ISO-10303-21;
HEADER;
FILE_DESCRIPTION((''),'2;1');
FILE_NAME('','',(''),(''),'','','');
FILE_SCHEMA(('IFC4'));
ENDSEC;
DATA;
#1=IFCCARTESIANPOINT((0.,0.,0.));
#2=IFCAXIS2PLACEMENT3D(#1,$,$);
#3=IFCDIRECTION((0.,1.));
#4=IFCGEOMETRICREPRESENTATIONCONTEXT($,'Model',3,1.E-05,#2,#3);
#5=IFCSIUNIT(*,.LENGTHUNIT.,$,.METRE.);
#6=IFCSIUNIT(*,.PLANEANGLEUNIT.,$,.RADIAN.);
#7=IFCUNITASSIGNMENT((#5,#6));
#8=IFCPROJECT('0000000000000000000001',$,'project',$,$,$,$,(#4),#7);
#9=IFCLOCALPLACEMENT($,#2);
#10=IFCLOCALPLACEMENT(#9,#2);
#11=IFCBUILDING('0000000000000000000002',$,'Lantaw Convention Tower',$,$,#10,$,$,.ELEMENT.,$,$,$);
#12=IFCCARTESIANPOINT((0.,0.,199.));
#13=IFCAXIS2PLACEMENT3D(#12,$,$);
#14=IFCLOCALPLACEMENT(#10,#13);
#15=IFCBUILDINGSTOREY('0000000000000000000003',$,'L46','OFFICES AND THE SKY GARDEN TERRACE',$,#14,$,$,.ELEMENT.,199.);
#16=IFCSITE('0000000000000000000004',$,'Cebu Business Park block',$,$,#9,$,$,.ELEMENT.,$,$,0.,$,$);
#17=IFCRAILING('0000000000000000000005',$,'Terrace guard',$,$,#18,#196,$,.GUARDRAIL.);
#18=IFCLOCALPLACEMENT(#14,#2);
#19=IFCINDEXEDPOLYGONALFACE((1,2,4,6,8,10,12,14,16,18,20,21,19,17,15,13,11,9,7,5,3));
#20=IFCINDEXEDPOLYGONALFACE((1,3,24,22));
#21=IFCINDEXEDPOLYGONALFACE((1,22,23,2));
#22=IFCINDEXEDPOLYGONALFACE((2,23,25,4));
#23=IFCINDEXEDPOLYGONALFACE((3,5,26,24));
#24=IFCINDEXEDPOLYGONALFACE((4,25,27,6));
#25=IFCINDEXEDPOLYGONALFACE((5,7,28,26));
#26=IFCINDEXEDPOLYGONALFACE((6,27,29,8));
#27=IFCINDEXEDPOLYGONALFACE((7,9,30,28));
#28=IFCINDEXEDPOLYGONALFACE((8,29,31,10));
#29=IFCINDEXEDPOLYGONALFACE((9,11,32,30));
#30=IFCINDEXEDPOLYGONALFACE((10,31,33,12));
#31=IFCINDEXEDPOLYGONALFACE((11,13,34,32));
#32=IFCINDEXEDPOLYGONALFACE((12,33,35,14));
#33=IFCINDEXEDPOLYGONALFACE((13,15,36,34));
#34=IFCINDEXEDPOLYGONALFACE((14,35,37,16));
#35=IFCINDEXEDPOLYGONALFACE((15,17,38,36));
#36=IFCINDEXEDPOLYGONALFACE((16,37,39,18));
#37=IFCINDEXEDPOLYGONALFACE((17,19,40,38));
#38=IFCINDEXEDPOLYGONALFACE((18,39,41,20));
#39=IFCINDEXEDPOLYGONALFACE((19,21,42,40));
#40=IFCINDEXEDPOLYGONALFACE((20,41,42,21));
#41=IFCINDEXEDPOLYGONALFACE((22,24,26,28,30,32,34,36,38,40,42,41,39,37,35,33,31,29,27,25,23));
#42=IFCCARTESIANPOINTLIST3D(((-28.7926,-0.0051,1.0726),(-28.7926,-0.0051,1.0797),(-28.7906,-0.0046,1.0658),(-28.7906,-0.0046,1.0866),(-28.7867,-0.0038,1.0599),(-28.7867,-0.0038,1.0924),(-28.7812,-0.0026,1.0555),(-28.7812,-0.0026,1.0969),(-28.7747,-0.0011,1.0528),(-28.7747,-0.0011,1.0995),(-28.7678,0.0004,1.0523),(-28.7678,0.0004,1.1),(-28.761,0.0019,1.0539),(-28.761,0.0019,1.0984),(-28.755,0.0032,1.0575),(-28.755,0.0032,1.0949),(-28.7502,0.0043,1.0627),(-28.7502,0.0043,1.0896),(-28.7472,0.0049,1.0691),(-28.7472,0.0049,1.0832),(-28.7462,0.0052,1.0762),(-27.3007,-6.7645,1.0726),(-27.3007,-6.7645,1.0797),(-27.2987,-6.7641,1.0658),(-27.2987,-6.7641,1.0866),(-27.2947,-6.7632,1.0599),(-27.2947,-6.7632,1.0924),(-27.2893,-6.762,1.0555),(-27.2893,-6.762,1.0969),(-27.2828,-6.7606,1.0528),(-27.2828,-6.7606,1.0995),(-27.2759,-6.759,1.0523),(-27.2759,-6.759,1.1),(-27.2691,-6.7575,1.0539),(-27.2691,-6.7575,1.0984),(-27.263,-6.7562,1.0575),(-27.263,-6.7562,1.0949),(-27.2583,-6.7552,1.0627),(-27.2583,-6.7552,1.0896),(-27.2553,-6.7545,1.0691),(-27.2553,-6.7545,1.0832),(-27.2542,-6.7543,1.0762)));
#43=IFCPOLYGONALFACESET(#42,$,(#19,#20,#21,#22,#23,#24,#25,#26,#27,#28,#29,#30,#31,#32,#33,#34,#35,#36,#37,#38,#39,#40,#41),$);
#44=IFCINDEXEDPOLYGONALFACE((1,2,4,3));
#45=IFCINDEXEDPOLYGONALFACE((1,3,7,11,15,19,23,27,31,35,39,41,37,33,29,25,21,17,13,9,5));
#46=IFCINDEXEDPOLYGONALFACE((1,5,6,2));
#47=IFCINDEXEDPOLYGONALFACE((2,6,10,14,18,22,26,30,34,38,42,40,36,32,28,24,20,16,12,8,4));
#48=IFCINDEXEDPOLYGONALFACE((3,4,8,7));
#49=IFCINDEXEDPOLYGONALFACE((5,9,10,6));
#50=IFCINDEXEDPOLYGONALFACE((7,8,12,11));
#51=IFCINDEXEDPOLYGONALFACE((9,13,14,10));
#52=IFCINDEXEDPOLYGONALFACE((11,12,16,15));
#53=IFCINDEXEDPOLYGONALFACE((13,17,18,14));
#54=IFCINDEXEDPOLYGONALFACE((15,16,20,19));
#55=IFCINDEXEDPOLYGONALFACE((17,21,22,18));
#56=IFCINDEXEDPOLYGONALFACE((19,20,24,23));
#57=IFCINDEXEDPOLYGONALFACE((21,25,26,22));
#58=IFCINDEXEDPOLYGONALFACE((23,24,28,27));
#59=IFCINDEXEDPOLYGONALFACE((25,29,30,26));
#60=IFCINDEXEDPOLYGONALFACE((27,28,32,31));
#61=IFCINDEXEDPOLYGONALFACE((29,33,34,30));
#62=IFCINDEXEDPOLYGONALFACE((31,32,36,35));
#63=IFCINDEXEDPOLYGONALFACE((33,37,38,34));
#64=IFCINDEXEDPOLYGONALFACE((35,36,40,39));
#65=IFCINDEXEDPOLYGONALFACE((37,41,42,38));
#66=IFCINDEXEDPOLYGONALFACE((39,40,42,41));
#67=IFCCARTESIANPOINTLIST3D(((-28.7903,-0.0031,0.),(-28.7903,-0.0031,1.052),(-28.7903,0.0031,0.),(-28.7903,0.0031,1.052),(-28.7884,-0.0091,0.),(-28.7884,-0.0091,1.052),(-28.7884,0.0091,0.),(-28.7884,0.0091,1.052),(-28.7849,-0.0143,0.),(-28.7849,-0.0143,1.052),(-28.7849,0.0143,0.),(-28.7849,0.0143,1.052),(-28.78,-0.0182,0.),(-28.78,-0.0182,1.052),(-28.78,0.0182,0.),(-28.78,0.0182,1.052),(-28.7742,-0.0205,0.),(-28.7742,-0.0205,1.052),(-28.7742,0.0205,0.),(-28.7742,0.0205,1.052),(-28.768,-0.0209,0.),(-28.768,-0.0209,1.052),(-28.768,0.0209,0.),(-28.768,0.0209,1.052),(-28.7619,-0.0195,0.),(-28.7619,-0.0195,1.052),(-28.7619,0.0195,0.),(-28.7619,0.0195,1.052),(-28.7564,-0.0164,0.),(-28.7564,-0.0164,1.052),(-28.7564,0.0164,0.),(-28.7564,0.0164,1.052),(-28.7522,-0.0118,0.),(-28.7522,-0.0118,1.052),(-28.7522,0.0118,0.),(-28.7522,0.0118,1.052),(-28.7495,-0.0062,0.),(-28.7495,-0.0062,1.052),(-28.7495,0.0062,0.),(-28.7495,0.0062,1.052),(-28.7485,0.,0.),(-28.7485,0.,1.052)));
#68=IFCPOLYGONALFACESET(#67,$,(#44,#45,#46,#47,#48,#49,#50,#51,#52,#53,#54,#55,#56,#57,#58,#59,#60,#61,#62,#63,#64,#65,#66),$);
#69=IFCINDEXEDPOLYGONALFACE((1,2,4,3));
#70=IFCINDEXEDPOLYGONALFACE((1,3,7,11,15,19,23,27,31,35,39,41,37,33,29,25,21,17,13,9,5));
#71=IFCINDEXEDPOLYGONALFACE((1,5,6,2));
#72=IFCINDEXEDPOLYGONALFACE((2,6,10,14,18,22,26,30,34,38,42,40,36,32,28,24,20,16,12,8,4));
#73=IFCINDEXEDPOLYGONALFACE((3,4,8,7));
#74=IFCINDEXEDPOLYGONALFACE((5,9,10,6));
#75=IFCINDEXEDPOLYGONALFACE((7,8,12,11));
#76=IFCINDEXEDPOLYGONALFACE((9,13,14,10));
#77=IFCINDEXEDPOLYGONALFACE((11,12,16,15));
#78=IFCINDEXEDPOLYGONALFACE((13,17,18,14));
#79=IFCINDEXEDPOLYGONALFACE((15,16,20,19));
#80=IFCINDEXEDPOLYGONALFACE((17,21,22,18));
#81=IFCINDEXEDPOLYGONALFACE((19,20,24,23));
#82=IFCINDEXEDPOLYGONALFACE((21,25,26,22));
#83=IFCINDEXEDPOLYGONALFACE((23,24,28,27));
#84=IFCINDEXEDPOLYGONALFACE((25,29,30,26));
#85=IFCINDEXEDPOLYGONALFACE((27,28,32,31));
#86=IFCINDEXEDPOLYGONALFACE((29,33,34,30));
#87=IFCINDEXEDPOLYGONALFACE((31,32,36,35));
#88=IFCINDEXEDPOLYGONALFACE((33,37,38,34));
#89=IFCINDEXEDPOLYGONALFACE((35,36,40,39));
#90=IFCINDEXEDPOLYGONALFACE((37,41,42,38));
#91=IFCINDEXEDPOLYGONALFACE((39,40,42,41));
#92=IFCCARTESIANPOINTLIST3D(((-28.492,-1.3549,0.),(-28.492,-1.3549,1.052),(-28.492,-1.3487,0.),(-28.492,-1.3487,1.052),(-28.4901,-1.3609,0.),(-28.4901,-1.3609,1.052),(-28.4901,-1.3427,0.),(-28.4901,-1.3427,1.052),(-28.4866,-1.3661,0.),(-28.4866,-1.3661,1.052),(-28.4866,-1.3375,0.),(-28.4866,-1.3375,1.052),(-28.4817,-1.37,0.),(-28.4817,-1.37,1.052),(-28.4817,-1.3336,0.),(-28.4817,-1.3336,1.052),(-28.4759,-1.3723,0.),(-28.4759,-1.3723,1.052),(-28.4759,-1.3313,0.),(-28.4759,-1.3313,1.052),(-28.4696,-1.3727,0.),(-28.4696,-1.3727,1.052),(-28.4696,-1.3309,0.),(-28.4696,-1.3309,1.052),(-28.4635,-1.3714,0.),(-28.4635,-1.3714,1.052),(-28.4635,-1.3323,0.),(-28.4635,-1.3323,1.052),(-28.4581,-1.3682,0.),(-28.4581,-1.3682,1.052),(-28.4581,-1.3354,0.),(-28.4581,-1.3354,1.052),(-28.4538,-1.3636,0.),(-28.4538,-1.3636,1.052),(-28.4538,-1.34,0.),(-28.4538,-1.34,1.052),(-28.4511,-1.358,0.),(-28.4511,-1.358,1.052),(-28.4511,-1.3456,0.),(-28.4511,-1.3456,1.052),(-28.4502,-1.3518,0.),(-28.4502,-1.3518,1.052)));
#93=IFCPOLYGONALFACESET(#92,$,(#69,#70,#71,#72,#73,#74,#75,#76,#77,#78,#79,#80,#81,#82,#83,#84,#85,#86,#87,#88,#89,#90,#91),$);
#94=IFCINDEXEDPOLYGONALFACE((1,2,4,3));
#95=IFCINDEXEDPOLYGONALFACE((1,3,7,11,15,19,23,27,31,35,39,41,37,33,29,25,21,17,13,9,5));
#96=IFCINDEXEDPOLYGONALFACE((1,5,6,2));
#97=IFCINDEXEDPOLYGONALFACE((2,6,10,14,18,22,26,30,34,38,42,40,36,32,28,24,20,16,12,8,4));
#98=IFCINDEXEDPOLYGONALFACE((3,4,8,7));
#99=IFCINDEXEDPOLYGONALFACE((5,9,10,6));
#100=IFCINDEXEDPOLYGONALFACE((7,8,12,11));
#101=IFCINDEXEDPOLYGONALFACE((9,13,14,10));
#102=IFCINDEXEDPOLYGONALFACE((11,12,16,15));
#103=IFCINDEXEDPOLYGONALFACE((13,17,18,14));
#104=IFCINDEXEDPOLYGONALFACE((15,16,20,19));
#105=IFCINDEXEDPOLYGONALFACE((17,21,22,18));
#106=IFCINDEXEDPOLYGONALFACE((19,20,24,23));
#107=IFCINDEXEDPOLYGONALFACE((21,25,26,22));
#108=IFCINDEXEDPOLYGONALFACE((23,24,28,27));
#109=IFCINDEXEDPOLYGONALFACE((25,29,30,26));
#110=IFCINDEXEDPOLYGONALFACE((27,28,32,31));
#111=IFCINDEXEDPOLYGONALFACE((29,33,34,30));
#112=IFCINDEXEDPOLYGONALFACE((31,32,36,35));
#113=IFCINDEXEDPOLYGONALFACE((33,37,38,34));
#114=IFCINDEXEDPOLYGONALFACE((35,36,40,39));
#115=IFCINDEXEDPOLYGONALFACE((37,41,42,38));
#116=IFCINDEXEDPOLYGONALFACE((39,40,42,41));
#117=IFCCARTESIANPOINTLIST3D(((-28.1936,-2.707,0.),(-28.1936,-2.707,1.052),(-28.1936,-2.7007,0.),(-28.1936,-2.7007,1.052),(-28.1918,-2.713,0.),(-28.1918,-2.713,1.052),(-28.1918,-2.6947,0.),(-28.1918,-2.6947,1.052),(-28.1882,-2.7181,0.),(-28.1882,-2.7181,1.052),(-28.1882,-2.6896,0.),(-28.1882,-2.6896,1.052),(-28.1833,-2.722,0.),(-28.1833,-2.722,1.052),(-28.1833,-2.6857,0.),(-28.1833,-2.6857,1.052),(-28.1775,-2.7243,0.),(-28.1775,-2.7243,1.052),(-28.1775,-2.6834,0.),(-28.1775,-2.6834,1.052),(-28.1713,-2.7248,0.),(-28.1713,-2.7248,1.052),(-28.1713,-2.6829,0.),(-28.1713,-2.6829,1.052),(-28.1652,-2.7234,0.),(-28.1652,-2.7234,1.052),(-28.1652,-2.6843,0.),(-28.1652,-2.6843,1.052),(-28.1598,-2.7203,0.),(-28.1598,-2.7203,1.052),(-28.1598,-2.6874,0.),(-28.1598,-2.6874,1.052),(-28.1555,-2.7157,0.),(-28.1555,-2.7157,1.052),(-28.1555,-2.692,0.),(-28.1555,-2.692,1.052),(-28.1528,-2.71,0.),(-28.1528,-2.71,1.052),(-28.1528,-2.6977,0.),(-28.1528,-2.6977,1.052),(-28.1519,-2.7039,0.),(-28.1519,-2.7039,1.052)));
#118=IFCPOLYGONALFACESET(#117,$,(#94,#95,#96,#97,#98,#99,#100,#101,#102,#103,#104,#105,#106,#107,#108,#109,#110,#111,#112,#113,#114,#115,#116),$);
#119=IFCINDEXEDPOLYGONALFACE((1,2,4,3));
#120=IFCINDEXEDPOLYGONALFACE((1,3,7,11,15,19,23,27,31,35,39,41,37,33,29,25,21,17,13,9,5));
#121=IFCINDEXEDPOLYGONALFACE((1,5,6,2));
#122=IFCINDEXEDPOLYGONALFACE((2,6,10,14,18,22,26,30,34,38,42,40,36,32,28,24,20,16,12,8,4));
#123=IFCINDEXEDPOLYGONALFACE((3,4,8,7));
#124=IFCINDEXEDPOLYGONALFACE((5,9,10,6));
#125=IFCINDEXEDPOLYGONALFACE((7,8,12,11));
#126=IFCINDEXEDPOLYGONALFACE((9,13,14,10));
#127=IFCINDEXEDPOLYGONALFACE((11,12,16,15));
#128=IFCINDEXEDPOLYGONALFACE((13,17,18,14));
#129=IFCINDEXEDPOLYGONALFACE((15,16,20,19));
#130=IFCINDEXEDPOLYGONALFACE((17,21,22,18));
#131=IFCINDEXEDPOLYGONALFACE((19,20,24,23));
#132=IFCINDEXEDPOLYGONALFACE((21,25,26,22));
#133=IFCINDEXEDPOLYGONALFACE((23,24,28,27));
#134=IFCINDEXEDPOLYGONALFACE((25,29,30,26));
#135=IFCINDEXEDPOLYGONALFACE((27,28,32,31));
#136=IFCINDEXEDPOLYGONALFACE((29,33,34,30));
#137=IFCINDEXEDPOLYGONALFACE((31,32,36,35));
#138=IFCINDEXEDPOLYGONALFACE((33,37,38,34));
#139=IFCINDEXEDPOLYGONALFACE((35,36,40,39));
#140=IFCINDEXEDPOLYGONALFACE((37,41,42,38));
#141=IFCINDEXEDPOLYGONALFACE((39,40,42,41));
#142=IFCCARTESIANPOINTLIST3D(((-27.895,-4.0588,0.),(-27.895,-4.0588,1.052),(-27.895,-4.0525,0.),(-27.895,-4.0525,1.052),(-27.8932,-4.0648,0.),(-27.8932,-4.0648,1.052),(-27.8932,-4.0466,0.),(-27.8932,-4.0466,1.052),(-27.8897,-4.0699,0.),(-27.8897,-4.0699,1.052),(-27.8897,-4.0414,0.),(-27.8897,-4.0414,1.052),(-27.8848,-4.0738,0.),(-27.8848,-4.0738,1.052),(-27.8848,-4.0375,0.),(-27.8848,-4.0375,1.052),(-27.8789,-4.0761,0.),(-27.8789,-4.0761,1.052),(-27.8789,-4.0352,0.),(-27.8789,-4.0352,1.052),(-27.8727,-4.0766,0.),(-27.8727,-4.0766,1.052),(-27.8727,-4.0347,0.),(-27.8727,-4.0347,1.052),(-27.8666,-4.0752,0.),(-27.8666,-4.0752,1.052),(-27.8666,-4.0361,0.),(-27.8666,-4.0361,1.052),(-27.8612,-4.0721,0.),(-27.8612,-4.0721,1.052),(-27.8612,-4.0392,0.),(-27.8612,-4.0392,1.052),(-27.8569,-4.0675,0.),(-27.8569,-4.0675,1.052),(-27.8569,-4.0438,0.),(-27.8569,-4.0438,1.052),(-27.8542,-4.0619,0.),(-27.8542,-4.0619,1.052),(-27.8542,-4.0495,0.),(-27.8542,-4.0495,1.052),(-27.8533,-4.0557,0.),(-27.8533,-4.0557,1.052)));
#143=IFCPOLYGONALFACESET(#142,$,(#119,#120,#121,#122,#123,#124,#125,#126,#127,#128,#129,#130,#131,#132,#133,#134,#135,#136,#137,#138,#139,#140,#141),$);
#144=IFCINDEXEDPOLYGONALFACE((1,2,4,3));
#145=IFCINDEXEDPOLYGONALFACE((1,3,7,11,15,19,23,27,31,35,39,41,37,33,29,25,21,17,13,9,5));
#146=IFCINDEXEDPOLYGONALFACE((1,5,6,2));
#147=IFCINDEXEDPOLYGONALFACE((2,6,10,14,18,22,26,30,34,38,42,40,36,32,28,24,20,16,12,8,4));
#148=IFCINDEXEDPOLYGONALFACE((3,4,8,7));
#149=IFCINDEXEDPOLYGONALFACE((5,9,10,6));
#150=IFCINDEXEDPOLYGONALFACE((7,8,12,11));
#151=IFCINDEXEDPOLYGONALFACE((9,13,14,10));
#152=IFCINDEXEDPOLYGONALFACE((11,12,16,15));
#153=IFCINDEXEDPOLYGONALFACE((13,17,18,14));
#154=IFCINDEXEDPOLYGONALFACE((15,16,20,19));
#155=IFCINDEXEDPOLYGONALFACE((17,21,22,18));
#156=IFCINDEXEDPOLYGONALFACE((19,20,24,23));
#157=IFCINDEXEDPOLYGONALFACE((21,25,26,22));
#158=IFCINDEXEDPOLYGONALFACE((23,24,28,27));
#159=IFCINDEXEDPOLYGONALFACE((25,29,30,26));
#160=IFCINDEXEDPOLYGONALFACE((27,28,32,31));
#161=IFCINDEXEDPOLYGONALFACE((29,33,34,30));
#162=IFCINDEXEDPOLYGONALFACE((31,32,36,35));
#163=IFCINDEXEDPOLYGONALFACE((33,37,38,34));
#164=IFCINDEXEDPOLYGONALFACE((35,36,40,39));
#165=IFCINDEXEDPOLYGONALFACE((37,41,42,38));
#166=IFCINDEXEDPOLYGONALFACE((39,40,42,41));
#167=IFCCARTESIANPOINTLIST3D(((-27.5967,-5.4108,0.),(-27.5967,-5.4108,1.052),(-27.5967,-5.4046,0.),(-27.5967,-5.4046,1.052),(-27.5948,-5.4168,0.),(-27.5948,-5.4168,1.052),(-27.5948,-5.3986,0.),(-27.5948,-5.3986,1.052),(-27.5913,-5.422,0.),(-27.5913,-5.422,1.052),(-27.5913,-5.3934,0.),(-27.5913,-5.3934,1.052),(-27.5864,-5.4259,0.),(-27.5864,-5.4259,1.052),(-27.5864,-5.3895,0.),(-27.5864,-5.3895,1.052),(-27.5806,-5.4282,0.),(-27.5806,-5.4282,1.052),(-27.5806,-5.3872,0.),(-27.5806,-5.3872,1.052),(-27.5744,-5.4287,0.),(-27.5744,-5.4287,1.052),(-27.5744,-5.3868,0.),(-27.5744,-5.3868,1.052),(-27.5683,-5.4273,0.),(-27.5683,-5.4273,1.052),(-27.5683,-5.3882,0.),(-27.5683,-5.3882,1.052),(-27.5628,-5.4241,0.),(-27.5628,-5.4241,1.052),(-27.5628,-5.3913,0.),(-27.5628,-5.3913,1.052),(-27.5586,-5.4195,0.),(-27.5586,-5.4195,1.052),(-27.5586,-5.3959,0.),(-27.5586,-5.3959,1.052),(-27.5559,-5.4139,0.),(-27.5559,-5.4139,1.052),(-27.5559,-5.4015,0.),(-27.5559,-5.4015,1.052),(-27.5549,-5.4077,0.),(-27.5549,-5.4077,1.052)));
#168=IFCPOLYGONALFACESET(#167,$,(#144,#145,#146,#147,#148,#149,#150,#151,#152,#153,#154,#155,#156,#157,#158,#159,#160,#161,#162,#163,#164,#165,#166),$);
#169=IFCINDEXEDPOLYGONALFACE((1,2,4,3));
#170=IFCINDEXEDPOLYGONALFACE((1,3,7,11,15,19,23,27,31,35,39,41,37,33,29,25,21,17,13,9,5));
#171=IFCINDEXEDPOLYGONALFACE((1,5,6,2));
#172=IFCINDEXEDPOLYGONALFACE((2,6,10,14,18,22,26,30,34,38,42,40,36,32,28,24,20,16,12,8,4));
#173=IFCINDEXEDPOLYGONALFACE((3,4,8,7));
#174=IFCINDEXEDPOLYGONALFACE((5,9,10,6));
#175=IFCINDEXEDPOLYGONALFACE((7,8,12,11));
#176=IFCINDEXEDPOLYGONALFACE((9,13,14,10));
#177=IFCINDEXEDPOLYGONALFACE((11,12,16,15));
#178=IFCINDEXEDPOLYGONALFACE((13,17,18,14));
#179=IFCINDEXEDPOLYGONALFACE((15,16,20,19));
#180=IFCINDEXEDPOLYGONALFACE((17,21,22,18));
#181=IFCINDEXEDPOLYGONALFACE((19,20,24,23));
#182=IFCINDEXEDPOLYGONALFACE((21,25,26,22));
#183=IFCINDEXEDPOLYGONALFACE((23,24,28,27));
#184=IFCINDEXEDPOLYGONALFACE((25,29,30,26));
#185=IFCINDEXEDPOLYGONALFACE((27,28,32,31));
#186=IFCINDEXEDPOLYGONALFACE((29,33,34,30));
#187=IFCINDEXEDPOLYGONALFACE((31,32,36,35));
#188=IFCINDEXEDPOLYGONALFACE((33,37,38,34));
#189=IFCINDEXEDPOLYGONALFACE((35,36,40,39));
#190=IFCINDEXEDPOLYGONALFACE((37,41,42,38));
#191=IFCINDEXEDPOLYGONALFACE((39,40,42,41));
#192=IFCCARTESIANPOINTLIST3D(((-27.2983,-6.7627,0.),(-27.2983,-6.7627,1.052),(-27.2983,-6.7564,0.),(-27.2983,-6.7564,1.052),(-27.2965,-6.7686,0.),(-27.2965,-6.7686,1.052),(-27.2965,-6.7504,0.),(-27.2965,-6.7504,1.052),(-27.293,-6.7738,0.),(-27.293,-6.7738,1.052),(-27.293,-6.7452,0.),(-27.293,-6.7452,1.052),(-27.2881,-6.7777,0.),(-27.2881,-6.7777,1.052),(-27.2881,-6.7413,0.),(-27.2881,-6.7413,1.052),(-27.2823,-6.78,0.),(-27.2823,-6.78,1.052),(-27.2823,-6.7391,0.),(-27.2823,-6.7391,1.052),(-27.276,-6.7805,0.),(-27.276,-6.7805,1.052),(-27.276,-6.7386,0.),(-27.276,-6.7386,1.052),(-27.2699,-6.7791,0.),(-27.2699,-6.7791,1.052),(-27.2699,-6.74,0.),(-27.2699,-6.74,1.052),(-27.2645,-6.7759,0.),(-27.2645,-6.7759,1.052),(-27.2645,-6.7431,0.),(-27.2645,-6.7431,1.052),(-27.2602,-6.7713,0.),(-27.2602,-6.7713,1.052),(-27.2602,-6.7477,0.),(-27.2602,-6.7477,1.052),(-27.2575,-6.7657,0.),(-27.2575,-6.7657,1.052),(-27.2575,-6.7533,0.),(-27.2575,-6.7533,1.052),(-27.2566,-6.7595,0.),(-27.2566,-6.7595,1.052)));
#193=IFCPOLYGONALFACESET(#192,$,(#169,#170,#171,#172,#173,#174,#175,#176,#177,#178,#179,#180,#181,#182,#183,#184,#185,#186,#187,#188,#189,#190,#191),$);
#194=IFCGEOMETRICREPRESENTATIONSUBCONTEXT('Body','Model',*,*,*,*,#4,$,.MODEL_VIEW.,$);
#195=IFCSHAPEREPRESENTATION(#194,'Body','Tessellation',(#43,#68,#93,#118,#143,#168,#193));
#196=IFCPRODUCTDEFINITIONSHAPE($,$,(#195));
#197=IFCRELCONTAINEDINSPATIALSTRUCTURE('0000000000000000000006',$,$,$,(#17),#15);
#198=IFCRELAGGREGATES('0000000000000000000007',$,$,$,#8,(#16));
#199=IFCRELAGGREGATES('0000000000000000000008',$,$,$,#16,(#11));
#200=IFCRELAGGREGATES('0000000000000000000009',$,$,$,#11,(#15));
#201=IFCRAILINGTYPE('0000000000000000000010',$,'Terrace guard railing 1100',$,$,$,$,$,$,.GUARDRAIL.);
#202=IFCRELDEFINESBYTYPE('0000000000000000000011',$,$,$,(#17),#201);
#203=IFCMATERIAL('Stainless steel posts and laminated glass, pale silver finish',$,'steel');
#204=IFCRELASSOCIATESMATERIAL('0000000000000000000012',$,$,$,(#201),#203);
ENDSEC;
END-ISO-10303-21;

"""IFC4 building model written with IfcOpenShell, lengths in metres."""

from ifc_helpers import new_model, si_unit, direction, frame, origin, origin_2d, place, context, subcontext, project, spatial, circle, extrude, material, type_object, element, save


model = new_model("IFC4")

# Units and contexts
model_context = context("Model", 3, precision=1e-05, world=origin(), true_north=direction((0.0, 1.0)))
body_context = subcontext(model_context, "Body", "Model", "MODEL_VIEW")
ifc_project = project(units=[si_unit("LENGTHUNIT", "METRE"), si_unit("PLANEANGLEUNIT", "RADIAN")], contexts=[model_context])

# Site, building, storey
site_placement = place(None, origin())
site = spatial("IfcSite", under=ifc_project, at=site_placement, Name="Cebu Business Park block", CompositionType="ELEMENT", RefElevation=0.0)
building_placement = place(site_placement, origin())
building = spatial("IfcBuilding", under=site, at=building_placement, Name="Lantaw Convention Tower", CompositionType="ELEMENT")
storey_placement = place(building_placement, frame((0.0, 0.0, 199.0)))
storey = spatial("IfcBuildingStorey", under=building, at=storey_placement, Name="L46", Description="OFFICES AND THE SKY GARDEN TERRACE", CompositionType="ELEMENT", Elevation=199.0)

# Railing
ifc_material_1 = material(Name="Stainless steel posts and laminated glass, pale silver finish", Category="steel")
railing_type = type_object("IfcRailingType", Name="Terrace guard railing 1100", PredefinedType="GUARDRAIL", material=ifc_material_1)
railing_1_placement = place(storey_placement, frame((-28.7695, 0.0, 0.0)))
element("IfcRailing", 1, at=railing_1_placement, inside=storey, type_object=railing_type, Name="Terrace guard", PredefinedType="GUARDRAIL", context=body_context, shape_type="SweptSolid", body=[
    extrude(circle(Radius=0.0239, at=origin_2d()), frame((0.0, 0.0, 1.0762), z_axis=(0.21553, -0.976497, 0.0), x_axis=(0.976497, 0.21553, 0.0)), (0.0, 0.0, 1.0), 6.9221),
    extrude(circle(Radius=0.021, at=origin_2d()), origin(), (0.0, 0.0, 1.0), 1.052),
    extrude(circle(Radius=0.021, at=origin_2d()), frame((0.2983, -1.3518, 0.0)), (0.0, 0.0, 1.0), 1.052),
    extrude(circle(Radius=0.021, at=origin_2d()), frame((0.5967, -2.7039, 0.0)), (0.0, 0.0, 1.0), 1.052),
    extrude(circle(Radius=0.021, at=origin_2d()), frame((0.8953, -4.0557, 0.0)), (0.0, 0.0, 1.0), 1.052),
    extrude(circle(Radius=0.021, at=origin_2d()), frame((1.1936, -5.4077, 0.0)), (0.0, 0.0, 1.0), 1.052),
    extrude(circle(Radius=0.021, at=origin_2d()), frame((1.4919, -6.7595, 0.0)), (0.0, 0.0, 1.0), 1.052),
])

save(model, "model.ifc")
